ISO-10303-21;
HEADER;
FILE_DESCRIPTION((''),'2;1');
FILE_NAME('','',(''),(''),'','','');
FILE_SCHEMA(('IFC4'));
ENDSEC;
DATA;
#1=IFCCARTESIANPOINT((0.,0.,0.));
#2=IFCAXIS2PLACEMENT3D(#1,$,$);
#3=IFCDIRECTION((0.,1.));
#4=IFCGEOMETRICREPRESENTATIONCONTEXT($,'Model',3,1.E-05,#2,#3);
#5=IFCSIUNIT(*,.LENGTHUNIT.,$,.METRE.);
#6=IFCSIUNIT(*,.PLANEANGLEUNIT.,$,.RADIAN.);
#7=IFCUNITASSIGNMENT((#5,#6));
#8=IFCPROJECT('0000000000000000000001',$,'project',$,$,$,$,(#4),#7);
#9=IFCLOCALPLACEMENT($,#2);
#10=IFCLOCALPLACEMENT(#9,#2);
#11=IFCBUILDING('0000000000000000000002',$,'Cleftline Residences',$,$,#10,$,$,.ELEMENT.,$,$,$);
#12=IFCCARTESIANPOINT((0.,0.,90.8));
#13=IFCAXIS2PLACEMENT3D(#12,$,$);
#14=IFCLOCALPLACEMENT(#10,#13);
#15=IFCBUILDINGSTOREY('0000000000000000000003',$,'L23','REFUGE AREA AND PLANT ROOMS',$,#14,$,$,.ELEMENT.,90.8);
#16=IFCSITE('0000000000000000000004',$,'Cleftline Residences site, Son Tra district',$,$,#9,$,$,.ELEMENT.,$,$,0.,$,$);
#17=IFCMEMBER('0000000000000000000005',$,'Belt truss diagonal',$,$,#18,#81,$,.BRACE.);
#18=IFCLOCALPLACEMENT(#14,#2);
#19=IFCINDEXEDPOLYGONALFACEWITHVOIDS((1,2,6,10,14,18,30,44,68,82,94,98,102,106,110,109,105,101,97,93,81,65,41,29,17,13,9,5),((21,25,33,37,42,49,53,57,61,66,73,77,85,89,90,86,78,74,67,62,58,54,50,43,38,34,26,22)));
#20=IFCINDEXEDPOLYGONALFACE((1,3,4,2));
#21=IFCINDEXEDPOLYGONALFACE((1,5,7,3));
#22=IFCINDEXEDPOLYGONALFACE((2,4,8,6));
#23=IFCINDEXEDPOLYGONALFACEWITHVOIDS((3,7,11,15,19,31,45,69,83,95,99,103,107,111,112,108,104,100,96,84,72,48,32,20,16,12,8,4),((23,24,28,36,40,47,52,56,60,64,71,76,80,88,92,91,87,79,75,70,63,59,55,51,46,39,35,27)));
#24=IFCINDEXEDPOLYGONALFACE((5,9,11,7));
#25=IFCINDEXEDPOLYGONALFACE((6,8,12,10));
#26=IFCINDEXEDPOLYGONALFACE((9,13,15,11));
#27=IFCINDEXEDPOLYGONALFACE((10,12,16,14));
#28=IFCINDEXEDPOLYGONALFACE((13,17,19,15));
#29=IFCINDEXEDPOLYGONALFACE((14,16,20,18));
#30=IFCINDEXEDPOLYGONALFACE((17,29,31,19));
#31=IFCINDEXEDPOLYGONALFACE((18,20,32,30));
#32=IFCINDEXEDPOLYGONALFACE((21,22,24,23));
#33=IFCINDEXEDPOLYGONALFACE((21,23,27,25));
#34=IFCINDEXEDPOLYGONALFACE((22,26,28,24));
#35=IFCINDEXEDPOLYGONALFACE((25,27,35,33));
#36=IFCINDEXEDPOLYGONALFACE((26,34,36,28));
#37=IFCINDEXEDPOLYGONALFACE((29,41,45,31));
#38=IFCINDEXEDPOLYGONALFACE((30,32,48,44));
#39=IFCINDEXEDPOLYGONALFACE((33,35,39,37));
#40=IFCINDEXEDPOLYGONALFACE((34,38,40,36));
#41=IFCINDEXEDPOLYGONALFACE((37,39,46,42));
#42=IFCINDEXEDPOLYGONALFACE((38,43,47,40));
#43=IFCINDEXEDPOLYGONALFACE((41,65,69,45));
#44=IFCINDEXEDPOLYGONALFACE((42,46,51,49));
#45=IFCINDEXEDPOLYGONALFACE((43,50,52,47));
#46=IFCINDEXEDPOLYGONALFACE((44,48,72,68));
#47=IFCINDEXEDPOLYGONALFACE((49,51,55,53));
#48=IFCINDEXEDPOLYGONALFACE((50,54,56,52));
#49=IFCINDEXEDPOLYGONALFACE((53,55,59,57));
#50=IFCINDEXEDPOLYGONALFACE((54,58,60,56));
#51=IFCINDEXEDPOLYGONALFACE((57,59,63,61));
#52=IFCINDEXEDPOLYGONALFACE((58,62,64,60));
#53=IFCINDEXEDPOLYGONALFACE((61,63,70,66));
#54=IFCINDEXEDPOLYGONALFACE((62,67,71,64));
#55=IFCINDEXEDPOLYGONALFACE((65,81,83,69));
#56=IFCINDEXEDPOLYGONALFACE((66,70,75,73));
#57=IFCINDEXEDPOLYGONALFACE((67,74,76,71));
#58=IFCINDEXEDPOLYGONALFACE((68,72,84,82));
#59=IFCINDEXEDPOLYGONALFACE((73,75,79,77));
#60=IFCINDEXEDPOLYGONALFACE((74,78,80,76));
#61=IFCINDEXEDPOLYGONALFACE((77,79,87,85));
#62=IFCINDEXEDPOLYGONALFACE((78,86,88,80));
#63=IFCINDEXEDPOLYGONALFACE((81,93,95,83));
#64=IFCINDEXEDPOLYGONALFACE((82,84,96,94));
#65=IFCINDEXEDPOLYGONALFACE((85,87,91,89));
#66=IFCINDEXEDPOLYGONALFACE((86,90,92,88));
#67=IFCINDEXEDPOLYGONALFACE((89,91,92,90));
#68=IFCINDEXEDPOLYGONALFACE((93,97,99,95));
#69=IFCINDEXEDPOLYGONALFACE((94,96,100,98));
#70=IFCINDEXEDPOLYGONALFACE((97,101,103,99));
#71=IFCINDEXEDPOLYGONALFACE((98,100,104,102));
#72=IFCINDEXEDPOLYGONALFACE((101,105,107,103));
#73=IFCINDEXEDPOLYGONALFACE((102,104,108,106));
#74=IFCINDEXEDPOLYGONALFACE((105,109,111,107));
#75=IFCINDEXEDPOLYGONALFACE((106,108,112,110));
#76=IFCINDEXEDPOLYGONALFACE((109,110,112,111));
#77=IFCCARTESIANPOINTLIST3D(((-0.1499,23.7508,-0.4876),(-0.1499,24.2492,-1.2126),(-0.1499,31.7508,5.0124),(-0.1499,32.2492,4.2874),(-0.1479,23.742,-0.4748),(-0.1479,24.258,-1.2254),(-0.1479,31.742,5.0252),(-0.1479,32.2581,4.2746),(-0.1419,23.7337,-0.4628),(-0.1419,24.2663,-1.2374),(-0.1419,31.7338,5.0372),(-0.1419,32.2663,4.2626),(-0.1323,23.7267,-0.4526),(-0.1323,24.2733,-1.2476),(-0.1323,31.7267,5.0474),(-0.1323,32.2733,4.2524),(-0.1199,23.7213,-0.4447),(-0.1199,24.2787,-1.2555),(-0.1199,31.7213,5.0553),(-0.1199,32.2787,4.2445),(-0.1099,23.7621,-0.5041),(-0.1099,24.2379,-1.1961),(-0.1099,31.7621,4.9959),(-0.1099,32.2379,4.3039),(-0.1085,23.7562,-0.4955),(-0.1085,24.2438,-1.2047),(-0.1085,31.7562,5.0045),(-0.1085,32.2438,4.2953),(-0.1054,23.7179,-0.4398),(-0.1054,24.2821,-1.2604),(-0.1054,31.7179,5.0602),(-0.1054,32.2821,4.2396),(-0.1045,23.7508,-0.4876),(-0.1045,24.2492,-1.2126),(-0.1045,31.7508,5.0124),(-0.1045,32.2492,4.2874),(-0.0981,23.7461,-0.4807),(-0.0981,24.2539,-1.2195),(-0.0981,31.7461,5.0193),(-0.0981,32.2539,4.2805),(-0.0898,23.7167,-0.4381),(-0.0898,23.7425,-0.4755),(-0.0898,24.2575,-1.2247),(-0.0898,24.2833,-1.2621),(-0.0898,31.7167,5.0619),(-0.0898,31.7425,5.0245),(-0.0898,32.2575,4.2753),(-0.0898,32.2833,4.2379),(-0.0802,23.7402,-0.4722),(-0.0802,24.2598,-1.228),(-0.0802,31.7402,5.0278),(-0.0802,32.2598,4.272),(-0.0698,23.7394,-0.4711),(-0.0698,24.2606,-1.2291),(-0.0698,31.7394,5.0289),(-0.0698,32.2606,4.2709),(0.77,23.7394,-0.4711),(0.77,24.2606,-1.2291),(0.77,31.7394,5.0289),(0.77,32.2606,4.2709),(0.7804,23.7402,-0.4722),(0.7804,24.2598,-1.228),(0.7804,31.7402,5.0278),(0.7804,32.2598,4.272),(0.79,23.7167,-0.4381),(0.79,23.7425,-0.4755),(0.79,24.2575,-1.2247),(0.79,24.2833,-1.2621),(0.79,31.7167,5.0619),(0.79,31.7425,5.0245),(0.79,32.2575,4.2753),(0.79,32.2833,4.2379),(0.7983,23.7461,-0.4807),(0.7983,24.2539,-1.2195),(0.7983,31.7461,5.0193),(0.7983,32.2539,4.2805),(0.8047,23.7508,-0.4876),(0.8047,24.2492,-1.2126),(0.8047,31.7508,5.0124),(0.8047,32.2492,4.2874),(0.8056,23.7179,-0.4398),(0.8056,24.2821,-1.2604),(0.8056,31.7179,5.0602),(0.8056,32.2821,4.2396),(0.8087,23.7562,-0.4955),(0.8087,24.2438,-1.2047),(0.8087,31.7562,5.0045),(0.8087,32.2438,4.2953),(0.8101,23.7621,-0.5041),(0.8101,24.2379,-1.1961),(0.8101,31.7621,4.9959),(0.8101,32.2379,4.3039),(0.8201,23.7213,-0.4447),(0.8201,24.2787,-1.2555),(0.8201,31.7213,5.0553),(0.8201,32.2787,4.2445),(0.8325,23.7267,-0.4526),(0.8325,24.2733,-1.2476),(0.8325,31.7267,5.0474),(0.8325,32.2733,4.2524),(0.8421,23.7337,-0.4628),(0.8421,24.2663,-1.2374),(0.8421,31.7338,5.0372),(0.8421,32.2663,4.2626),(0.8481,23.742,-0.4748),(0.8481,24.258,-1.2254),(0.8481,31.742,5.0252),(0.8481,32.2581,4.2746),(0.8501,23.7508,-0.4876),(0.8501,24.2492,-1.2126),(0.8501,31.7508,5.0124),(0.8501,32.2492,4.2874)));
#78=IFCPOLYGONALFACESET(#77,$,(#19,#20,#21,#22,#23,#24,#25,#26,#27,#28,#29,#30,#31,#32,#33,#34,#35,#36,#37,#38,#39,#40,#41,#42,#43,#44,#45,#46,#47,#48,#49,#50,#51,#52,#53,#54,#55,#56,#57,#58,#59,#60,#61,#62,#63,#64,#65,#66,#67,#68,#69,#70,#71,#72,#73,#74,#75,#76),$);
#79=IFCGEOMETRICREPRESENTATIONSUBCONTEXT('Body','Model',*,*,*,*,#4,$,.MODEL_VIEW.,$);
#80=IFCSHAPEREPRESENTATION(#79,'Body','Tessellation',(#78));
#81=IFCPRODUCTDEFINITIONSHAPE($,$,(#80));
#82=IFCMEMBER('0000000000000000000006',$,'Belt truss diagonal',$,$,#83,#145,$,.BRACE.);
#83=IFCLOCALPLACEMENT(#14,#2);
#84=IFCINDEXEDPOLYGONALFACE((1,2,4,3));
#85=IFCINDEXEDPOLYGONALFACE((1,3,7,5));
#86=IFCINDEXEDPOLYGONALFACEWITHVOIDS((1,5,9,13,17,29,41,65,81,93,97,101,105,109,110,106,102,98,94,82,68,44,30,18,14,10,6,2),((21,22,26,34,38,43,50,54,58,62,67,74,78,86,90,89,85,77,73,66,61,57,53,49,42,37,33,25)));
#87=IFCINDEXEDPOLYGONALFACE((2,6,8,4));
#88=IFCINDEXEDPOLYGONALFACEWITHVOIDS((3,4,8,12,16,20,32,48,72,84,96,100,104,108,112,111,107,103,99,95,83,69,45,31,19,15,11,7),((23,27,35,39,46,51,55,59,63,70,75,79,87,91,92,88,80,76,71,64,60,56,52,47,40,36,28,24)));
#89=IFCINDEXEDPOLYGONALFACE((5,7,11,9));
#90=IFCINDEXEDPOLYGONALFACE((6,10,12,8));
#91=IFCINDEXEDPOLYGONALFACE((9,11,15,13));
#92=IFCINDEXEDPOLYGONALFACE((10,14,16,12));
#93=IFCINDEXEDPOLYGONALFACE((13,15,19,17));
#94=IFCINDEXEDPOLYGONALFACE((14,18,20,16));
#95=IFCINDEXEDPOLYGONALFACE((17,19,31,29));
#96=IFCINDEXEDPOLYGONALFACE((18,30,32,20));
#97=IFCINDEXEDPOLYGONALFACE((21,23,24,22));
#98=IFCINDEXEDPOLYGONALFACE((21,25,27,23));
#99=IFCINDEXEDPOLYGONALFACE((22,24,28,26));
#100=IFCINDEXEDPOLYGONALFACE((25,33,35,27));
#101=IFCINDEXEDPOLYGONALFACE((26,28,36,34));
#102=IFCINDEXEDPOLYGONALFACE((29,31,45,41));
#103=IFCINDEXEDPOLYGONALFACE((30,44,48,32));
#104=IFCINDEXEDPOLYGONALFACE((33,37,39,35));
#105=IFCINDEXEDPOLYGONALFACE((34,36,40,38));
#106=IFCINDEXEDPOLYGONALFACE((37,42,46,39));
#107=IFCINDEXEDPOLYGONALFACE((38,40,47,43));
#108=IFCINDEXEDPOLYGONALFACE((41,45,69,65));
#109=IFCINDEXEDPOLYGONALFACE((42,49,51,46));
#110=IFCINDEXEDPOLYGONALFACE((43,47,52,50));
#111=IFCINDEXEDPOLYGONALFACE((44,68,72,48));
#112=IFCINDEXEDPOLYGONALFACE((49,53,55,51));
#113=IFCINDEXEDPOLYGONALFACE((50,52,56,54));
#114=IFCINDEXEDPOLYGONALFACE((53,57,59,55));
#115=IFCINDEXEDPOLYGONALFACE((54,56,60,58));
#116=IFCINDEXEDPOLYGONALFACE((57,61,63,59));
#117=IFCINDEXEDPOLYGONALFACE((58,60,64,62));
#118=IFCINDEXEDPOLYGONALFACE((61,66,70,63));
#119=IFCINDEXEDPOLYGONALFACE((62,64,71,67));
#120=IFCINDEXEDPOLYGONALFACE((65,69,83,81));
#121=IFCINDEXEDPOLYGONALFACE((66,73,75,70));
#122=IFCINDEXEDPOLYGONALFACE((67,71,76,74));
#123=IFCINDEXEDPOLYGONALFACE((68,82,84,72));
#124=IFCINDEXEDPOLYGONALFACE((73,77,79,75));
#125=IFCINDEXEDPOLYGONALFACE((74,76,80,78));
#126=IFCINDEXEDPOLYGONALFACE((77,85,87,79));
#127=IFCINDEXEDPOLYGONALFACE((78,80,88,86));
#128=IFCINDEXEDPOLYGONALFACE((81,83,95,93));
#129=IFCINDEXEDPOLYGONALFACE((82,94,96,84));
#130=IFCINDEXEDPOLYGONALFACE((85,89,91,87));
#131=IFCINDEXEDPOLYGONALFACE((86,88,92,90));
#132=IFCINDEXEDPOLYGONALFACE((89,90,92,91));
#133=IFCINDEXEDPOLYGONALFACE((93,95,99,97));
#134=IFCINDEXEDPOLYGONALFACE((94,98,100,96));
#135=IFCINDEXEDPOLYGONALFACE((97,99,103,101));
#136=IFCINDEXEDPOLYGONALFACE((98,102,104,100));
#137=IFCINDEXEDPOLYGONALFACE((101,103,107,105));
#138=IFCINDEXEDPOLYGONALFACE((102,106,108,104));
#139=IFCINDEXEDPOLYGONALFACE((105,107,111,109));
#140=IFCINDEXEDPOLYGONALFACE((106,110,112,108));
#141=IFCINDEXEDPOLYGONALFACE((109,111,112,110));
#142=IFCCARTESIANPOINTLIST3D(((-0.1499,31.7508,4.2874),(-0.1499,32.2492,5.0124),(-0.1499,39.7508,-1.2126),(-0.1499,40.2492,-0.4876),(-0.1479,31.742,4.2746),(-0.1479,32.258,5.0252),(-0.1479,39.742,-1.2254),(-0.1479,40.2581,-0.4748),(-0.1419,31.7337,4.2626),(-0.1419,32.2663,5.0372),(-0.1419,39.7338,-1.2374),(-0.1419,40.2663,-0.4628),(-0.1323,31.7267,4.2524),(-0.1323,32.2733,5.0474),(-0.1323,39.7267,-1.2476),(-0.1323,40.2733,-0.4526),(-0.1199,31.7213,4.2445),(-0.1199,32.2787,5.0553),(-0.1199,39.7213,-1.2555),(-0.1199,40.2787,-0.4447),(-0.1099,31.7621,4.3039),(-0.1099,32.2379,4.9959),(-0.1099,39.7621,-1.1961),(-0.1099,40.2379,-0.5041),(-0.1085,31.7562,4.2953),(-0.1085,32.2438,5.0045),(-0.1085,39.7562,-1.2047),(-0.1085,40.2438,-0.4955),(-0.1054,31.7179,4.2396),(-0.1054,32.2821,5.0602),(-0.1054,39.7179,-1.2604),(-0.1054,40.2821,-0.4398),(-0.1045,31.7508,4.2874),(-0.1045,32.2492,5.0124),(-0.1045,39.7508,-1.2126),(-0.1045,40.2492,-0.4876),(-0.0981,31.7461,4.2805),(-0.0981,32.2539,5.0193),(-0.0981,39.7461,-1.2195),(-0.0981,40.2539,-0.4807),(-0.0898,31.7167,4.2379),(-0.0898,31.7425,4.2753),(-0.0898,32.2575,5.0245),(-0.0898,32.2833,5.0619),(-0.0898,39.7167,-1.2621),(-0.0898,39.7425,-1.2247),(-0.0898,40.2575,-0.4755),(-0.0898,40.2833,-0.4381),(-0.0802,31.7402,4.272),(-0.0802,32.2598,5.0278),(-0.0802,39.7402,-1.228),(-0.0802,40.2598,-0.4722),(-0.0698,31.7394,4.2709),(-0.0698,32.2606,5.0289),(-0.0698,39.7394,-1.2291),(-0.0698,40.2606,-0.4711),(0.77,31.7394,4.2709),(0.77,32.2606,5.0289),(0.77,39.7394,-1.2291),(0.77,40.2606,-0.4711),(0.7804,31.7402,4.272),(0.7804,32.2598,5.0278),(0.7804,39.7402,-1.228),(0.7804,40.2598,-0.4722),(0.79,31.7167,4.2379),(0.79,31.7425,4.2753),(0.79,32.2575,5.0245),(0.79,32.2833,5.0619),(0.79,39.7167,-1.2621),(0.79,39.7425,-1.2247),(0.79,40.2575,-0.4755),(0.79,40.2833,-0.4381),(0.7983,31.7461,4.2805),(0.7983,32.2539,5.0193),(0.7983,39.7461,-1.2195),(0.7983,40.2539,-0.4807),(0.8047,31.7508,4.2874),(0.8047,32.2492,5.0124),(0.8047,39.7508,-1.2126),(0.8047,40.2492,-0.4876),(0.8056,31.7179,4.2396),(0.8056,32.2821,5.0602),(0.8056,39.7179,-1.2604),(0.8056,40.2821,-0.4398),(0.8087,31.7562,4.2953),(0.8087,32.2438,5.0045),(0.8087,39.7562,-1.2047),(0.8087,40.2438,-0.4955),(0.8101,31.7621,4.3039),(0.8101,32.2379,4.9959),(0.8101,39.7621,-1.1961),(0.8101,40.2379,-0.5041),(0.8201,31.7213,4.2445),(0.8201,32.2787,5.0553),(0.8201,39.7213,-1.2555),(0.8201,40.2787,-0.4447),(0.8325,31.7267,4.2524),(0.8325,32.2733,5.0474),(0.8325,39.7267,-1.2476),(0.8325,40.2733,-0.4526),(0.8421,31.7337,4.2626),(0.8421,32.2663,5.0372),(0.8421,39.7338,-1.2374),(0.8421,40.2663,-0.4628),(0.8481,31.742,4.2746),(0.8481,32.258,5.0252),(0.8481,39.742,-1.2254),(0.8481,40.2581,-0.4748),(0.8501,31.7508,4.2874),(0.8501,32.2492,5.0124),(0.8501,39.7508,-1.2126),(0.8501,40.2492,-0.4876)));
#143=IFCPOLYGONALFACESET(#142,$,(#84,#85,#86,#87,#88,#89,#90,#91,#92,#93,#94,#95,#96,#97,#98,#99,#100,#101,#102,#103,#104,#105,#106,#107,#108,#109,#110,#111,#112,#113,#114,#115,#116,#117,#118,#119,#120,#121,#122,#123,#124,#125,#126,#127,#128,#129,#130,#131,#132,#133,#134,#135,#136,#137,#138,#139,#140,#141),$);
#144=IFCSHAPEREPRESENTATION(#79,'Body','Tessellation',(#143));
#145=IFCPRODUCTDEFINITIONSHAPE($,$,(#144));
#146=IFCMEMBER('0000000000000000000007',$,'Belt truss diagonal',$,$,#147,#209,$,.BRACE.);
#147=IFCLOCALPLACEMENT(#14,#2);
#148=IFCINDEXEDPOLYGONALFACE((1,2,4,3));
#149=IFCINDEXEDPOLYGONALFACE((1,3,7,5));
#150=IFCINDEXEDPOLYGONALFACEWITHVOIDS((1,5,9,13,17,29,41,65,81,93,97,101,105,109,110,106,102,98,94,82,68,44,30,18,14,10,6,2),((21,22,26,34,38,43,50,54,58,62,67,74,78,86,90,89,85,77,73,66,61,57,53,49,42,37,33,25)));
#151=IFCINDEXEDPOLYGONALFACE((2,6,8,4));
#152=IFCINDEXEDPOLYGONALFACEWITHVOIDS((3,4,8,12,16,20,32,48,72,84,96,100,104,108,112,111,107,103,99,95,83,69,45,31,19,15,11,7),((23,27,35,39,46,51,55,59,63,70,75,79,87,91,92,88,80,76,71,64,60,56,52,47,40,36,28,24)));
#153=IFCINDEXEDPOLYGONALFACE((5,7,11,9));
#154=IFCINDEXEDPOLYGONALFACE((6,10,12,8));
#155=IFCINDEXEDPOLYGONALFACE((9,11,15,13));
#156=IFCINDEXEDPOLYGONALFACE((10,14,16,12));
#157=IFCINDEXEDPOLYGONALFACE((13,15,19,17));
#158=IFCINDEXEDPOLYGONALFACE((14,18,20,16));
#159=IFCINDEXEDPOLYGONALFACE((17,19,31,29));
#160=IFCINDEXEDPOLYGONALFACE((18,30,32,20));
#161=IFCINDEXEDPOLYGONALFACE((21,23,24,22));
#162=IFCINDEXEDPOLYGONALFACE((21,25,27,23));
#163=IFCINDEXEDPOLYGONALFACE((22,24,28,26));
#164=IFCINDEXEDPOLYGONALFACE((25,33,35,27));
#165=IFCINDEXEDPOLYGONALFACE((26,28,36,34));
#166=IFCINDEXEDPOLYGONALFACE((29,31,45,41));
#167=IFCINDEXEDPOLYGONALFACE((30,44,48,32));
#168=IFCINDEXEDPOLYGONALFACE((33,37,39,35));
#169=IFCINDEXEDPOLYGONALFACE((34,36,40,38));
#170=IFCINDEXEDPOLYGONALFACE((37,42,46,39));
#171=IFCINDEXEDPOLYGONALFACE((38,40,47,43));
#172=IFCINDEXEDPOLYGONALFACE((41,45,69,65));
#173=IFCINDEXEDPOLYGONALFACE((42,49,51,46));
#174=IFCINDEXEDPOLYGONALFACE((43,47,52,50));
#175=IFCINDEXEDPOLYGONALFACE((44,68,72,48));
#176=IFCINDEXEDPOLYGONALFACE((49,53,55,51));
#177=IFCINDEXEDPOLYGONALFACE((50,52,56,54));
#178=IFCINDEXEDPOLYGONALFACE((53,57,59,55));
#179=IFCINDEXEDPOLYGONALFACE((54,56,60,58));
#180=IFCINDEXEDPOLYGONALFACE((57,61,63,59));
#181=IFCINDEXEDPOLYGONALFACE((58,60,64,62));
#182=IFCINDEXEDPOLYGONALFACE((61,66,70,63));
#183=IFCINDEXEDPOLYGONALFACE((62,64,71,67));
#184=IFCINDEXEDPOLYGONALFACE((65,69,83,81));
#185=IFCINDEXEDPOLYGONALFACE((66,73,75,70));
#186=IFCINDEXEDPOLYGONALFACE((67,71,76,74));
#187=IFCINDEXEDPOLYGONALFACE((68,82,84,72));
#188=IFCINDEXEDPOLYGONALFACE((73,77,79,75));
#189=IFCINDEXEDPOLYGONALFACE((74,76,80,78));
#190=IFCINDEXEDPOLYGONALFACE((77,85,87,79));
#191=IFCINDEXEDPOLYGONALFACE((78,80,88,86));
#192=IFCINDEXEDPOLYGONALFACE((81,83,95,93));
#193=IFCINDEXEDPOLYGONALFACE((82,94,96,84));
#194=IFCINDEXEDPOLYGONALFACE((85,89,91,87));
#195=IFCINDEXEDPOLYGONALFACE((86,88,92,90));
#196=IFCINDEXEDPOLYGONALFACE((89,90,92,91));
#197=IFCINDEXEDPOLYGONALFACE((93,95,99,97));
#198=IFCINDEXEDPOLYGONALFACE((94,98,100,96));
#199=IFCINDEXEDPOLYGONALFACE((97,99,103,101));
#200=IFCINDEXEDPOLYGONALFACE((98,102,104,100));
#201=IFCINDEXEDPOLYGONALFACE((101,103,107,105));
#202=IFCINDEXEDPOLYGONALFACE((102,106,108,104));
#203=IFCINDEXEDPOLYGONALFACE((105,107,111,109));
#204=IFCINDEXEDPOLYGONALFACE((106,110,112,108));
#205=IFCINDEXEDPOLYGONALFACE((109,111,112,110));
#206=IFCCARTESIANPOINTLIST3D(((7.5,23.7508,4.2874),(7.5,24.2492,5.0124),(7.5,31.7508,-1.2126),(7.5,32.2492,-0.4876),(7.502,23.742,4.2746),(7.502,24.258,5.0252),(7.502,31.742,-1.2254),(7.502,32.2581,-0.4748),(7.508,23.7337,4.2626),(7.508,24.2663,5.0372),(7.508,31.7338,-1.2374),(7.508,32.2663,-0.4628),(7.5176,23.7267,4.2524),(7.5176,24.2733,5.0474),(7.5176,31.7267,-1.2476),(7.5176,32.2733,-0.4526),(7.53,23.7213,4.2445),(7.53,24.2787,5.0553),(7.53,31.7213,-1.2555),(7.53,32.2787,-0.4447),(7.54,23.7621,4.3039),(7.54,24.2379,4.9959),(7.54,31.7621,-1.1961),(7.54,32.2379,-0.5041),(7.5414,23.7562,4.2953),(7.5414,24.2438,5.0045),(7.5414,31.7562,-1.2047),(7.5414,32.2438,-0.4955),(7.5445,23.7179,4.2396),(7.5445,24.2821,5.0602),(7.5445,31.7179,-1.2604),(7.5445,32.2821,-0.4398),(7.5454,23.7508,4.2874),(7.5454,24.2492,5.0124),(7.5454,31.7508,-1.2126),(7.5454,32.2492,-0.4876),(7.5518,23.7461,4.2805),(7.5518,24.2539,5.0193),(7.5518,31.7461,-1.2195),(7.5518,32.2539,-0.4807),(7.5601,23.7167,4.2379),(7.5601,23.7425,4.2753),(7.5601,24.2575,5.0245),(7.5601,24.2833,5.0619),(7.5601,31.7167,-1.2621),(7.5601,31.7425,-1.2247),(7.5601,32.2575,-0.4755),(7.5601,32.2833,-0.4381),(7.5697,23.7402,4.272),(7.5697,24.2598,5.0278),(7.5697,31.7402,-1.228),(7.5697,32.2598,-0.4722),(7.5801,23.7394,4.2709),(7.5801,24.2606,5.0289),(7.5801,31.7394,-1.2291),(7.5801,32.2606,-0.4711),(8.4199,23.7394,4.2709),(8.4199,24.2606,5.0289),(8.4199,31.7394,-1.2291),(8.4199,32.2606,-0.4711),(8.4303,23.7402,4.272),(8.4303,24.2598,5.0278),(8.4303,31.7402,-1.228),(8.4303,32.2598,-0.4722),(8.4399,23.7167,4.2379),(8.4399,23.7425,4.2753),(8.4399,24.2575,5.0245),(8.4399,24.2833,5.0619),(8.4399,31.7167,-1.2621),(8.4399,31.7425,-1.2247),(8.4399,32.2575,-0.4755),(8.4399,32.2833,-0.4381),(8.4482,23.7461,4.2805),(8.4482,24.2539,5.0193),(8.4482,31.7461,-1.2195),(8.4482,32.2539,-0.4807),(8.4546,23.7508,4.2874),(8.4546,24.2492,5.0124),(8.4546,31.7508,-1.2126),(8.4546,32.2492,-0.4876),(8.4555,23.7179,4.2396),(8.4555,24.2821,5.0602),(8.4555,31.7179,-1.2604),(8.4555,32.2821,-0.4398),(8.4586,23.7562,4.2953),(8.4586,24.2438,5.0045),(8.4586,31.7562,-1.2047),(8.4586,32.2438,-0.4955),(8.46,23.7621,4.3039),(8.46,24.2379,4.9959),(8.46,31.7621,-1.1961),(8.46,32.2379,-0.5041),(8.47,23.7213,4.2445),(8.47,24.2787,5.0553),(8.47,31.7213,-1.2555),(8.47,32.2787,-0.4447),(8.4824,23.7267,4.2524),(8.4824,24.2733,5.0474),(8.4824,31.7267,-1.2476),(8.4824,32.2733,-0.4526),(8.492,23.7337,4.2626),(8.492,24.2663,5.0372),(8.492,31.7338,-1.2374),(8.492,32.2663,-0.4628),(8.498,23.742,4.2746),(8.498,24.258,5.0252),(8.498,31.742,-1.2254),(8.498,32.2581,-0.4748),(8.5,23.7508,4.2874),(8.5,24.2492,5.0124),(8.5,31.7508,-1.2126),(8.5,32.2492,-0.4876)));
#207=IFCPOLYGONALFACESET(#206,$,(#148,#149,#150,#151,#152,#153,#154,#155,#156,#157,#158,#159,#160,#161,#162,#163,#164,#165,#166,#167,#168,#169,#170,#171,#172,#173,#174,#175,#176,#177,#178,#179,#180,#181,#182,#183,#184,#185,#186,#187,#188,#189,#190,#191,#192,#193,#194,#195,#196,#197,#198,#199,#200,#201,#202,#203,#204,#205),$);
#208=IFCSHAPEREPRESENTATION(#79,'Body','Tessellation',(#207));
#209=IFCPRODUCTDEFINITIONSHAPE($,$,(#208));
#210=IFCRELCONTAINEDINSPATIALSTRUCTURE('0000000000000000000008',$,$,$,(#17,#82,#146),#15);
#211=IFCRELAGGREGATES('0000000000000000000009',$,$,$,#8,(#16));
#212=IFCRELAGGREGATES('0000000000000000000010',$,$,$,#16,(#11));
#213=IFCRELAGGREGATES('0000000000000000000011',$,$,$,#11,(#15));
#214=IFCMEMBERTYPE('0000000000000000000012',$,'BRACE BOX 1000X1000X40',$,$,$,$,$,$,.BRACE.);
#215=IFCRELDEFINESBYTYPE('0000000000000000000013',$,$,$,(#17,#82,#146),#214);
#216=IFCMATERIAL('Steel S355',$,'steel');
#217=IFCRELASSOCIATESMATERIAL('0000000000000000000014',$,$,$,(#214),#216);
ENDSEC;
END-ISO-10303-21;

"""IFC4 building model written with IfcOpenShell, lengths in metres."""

from ifc_helpers import new_model, si_unit, direction, frame, origin, origin_2d, place, context, subcontext, project, spatial, hollow_rectangle, extrude, material, material_profile, profile_set, type_object, element, save


model = new_model("IFC4")

# Units and contexts
model_context = context("Model", 3, precision=1e-05, world=origin(), true_north=direction((0.0, 1.0)))
body_context = subcontext(model_context, "Body", "Model", "MODEL_VIEW")
ifc_project = project(units=[si_unit("LENGTHUNIT", "METRE"), si_unit("PLANEANGLEUNIT", "RADIAN")], contexts=[model_context])

# Site, building, storey
site_placement = place(None, origin())
site = spatial("IfcSite", under=ifc_project, at=site_placement, Name="Cleftline Residences site, Son Tra district", CompositionType="ELEMENT", RefElevation=0.0)
building_placement = place(site_placement, origin())
building = spatial("IfcBuilding", under=site, at=building_placement, Name="Cleftline Residences", CompositionType="ELEMENT")
storey_placement = place(building_placement, frame((0.0, 0.0, 90.8)))
storey = spatial("IfcBuildingStorey", under=building, at=storey_placement, Name="L23", Description="REFUGE AREA AND PLANT ROOMS", CompositionType="ELEMENT", Elevation=90.8)

# Members
ifc_material_1 = material(Name="Steel S355", Category="steel")
ifc_material_profile_1 = material_profile(ifc_material_1, hollow_rectangle(XDim=1.0, YDim=1.0, WallThickness=0.04, InnerFilletRadius=0.04, OuterFilletRadius=0.0601, at=origin_2d()))
ifc_profile_set_1 = profile_set([ifc_material_profile_1], Name="Steel S355")
member_type_1 = type_object("IfcMemberType", Name="BRACE BOX 1000X1000X40", PredefinedType="BRACE", material=ifc_profile_set_1)
for number, where, z_axis, x_axis, name in (
    (1, (0.3501, 24.0, -0.8501), (0.0, 0.824042, 0.566529), (0.0, -0.566529, 0.824042), "Belt truss diagonal"),
    (2, (0.3501, 32.0, 4.6499), (0.0, 0.824042, -0.566529), (0.0, 0.566529, 0.824042), "Belt truss diagonal"),
    (3, (8.0, 24.0, 4.6499), (0.0, 0.824042, -0.566529), (0.0, 0.566529, 0.824042), "Belt truss diagonal"),
):
    element("IfcMember", number, at=place(storey_placement, frame(where, z_axis=z_axis, x_axis=x_axis)), inside=storey, type_object=member_type_1, Name=name, PredefinedType="BRACE", context=body_context, shape_type="SweptSolid", body=[
        extrude(hollow_rectangle(XDim=1.0, YDim=1.0, WallThickness=0.04, InnerFilletRadius=0.04, OuterFilletRadius=0.0601, at=origin_2d()), origin(), (0.0, 0.0, 1.0), 9.7083),
    ])

save(model, "model.ifc")
